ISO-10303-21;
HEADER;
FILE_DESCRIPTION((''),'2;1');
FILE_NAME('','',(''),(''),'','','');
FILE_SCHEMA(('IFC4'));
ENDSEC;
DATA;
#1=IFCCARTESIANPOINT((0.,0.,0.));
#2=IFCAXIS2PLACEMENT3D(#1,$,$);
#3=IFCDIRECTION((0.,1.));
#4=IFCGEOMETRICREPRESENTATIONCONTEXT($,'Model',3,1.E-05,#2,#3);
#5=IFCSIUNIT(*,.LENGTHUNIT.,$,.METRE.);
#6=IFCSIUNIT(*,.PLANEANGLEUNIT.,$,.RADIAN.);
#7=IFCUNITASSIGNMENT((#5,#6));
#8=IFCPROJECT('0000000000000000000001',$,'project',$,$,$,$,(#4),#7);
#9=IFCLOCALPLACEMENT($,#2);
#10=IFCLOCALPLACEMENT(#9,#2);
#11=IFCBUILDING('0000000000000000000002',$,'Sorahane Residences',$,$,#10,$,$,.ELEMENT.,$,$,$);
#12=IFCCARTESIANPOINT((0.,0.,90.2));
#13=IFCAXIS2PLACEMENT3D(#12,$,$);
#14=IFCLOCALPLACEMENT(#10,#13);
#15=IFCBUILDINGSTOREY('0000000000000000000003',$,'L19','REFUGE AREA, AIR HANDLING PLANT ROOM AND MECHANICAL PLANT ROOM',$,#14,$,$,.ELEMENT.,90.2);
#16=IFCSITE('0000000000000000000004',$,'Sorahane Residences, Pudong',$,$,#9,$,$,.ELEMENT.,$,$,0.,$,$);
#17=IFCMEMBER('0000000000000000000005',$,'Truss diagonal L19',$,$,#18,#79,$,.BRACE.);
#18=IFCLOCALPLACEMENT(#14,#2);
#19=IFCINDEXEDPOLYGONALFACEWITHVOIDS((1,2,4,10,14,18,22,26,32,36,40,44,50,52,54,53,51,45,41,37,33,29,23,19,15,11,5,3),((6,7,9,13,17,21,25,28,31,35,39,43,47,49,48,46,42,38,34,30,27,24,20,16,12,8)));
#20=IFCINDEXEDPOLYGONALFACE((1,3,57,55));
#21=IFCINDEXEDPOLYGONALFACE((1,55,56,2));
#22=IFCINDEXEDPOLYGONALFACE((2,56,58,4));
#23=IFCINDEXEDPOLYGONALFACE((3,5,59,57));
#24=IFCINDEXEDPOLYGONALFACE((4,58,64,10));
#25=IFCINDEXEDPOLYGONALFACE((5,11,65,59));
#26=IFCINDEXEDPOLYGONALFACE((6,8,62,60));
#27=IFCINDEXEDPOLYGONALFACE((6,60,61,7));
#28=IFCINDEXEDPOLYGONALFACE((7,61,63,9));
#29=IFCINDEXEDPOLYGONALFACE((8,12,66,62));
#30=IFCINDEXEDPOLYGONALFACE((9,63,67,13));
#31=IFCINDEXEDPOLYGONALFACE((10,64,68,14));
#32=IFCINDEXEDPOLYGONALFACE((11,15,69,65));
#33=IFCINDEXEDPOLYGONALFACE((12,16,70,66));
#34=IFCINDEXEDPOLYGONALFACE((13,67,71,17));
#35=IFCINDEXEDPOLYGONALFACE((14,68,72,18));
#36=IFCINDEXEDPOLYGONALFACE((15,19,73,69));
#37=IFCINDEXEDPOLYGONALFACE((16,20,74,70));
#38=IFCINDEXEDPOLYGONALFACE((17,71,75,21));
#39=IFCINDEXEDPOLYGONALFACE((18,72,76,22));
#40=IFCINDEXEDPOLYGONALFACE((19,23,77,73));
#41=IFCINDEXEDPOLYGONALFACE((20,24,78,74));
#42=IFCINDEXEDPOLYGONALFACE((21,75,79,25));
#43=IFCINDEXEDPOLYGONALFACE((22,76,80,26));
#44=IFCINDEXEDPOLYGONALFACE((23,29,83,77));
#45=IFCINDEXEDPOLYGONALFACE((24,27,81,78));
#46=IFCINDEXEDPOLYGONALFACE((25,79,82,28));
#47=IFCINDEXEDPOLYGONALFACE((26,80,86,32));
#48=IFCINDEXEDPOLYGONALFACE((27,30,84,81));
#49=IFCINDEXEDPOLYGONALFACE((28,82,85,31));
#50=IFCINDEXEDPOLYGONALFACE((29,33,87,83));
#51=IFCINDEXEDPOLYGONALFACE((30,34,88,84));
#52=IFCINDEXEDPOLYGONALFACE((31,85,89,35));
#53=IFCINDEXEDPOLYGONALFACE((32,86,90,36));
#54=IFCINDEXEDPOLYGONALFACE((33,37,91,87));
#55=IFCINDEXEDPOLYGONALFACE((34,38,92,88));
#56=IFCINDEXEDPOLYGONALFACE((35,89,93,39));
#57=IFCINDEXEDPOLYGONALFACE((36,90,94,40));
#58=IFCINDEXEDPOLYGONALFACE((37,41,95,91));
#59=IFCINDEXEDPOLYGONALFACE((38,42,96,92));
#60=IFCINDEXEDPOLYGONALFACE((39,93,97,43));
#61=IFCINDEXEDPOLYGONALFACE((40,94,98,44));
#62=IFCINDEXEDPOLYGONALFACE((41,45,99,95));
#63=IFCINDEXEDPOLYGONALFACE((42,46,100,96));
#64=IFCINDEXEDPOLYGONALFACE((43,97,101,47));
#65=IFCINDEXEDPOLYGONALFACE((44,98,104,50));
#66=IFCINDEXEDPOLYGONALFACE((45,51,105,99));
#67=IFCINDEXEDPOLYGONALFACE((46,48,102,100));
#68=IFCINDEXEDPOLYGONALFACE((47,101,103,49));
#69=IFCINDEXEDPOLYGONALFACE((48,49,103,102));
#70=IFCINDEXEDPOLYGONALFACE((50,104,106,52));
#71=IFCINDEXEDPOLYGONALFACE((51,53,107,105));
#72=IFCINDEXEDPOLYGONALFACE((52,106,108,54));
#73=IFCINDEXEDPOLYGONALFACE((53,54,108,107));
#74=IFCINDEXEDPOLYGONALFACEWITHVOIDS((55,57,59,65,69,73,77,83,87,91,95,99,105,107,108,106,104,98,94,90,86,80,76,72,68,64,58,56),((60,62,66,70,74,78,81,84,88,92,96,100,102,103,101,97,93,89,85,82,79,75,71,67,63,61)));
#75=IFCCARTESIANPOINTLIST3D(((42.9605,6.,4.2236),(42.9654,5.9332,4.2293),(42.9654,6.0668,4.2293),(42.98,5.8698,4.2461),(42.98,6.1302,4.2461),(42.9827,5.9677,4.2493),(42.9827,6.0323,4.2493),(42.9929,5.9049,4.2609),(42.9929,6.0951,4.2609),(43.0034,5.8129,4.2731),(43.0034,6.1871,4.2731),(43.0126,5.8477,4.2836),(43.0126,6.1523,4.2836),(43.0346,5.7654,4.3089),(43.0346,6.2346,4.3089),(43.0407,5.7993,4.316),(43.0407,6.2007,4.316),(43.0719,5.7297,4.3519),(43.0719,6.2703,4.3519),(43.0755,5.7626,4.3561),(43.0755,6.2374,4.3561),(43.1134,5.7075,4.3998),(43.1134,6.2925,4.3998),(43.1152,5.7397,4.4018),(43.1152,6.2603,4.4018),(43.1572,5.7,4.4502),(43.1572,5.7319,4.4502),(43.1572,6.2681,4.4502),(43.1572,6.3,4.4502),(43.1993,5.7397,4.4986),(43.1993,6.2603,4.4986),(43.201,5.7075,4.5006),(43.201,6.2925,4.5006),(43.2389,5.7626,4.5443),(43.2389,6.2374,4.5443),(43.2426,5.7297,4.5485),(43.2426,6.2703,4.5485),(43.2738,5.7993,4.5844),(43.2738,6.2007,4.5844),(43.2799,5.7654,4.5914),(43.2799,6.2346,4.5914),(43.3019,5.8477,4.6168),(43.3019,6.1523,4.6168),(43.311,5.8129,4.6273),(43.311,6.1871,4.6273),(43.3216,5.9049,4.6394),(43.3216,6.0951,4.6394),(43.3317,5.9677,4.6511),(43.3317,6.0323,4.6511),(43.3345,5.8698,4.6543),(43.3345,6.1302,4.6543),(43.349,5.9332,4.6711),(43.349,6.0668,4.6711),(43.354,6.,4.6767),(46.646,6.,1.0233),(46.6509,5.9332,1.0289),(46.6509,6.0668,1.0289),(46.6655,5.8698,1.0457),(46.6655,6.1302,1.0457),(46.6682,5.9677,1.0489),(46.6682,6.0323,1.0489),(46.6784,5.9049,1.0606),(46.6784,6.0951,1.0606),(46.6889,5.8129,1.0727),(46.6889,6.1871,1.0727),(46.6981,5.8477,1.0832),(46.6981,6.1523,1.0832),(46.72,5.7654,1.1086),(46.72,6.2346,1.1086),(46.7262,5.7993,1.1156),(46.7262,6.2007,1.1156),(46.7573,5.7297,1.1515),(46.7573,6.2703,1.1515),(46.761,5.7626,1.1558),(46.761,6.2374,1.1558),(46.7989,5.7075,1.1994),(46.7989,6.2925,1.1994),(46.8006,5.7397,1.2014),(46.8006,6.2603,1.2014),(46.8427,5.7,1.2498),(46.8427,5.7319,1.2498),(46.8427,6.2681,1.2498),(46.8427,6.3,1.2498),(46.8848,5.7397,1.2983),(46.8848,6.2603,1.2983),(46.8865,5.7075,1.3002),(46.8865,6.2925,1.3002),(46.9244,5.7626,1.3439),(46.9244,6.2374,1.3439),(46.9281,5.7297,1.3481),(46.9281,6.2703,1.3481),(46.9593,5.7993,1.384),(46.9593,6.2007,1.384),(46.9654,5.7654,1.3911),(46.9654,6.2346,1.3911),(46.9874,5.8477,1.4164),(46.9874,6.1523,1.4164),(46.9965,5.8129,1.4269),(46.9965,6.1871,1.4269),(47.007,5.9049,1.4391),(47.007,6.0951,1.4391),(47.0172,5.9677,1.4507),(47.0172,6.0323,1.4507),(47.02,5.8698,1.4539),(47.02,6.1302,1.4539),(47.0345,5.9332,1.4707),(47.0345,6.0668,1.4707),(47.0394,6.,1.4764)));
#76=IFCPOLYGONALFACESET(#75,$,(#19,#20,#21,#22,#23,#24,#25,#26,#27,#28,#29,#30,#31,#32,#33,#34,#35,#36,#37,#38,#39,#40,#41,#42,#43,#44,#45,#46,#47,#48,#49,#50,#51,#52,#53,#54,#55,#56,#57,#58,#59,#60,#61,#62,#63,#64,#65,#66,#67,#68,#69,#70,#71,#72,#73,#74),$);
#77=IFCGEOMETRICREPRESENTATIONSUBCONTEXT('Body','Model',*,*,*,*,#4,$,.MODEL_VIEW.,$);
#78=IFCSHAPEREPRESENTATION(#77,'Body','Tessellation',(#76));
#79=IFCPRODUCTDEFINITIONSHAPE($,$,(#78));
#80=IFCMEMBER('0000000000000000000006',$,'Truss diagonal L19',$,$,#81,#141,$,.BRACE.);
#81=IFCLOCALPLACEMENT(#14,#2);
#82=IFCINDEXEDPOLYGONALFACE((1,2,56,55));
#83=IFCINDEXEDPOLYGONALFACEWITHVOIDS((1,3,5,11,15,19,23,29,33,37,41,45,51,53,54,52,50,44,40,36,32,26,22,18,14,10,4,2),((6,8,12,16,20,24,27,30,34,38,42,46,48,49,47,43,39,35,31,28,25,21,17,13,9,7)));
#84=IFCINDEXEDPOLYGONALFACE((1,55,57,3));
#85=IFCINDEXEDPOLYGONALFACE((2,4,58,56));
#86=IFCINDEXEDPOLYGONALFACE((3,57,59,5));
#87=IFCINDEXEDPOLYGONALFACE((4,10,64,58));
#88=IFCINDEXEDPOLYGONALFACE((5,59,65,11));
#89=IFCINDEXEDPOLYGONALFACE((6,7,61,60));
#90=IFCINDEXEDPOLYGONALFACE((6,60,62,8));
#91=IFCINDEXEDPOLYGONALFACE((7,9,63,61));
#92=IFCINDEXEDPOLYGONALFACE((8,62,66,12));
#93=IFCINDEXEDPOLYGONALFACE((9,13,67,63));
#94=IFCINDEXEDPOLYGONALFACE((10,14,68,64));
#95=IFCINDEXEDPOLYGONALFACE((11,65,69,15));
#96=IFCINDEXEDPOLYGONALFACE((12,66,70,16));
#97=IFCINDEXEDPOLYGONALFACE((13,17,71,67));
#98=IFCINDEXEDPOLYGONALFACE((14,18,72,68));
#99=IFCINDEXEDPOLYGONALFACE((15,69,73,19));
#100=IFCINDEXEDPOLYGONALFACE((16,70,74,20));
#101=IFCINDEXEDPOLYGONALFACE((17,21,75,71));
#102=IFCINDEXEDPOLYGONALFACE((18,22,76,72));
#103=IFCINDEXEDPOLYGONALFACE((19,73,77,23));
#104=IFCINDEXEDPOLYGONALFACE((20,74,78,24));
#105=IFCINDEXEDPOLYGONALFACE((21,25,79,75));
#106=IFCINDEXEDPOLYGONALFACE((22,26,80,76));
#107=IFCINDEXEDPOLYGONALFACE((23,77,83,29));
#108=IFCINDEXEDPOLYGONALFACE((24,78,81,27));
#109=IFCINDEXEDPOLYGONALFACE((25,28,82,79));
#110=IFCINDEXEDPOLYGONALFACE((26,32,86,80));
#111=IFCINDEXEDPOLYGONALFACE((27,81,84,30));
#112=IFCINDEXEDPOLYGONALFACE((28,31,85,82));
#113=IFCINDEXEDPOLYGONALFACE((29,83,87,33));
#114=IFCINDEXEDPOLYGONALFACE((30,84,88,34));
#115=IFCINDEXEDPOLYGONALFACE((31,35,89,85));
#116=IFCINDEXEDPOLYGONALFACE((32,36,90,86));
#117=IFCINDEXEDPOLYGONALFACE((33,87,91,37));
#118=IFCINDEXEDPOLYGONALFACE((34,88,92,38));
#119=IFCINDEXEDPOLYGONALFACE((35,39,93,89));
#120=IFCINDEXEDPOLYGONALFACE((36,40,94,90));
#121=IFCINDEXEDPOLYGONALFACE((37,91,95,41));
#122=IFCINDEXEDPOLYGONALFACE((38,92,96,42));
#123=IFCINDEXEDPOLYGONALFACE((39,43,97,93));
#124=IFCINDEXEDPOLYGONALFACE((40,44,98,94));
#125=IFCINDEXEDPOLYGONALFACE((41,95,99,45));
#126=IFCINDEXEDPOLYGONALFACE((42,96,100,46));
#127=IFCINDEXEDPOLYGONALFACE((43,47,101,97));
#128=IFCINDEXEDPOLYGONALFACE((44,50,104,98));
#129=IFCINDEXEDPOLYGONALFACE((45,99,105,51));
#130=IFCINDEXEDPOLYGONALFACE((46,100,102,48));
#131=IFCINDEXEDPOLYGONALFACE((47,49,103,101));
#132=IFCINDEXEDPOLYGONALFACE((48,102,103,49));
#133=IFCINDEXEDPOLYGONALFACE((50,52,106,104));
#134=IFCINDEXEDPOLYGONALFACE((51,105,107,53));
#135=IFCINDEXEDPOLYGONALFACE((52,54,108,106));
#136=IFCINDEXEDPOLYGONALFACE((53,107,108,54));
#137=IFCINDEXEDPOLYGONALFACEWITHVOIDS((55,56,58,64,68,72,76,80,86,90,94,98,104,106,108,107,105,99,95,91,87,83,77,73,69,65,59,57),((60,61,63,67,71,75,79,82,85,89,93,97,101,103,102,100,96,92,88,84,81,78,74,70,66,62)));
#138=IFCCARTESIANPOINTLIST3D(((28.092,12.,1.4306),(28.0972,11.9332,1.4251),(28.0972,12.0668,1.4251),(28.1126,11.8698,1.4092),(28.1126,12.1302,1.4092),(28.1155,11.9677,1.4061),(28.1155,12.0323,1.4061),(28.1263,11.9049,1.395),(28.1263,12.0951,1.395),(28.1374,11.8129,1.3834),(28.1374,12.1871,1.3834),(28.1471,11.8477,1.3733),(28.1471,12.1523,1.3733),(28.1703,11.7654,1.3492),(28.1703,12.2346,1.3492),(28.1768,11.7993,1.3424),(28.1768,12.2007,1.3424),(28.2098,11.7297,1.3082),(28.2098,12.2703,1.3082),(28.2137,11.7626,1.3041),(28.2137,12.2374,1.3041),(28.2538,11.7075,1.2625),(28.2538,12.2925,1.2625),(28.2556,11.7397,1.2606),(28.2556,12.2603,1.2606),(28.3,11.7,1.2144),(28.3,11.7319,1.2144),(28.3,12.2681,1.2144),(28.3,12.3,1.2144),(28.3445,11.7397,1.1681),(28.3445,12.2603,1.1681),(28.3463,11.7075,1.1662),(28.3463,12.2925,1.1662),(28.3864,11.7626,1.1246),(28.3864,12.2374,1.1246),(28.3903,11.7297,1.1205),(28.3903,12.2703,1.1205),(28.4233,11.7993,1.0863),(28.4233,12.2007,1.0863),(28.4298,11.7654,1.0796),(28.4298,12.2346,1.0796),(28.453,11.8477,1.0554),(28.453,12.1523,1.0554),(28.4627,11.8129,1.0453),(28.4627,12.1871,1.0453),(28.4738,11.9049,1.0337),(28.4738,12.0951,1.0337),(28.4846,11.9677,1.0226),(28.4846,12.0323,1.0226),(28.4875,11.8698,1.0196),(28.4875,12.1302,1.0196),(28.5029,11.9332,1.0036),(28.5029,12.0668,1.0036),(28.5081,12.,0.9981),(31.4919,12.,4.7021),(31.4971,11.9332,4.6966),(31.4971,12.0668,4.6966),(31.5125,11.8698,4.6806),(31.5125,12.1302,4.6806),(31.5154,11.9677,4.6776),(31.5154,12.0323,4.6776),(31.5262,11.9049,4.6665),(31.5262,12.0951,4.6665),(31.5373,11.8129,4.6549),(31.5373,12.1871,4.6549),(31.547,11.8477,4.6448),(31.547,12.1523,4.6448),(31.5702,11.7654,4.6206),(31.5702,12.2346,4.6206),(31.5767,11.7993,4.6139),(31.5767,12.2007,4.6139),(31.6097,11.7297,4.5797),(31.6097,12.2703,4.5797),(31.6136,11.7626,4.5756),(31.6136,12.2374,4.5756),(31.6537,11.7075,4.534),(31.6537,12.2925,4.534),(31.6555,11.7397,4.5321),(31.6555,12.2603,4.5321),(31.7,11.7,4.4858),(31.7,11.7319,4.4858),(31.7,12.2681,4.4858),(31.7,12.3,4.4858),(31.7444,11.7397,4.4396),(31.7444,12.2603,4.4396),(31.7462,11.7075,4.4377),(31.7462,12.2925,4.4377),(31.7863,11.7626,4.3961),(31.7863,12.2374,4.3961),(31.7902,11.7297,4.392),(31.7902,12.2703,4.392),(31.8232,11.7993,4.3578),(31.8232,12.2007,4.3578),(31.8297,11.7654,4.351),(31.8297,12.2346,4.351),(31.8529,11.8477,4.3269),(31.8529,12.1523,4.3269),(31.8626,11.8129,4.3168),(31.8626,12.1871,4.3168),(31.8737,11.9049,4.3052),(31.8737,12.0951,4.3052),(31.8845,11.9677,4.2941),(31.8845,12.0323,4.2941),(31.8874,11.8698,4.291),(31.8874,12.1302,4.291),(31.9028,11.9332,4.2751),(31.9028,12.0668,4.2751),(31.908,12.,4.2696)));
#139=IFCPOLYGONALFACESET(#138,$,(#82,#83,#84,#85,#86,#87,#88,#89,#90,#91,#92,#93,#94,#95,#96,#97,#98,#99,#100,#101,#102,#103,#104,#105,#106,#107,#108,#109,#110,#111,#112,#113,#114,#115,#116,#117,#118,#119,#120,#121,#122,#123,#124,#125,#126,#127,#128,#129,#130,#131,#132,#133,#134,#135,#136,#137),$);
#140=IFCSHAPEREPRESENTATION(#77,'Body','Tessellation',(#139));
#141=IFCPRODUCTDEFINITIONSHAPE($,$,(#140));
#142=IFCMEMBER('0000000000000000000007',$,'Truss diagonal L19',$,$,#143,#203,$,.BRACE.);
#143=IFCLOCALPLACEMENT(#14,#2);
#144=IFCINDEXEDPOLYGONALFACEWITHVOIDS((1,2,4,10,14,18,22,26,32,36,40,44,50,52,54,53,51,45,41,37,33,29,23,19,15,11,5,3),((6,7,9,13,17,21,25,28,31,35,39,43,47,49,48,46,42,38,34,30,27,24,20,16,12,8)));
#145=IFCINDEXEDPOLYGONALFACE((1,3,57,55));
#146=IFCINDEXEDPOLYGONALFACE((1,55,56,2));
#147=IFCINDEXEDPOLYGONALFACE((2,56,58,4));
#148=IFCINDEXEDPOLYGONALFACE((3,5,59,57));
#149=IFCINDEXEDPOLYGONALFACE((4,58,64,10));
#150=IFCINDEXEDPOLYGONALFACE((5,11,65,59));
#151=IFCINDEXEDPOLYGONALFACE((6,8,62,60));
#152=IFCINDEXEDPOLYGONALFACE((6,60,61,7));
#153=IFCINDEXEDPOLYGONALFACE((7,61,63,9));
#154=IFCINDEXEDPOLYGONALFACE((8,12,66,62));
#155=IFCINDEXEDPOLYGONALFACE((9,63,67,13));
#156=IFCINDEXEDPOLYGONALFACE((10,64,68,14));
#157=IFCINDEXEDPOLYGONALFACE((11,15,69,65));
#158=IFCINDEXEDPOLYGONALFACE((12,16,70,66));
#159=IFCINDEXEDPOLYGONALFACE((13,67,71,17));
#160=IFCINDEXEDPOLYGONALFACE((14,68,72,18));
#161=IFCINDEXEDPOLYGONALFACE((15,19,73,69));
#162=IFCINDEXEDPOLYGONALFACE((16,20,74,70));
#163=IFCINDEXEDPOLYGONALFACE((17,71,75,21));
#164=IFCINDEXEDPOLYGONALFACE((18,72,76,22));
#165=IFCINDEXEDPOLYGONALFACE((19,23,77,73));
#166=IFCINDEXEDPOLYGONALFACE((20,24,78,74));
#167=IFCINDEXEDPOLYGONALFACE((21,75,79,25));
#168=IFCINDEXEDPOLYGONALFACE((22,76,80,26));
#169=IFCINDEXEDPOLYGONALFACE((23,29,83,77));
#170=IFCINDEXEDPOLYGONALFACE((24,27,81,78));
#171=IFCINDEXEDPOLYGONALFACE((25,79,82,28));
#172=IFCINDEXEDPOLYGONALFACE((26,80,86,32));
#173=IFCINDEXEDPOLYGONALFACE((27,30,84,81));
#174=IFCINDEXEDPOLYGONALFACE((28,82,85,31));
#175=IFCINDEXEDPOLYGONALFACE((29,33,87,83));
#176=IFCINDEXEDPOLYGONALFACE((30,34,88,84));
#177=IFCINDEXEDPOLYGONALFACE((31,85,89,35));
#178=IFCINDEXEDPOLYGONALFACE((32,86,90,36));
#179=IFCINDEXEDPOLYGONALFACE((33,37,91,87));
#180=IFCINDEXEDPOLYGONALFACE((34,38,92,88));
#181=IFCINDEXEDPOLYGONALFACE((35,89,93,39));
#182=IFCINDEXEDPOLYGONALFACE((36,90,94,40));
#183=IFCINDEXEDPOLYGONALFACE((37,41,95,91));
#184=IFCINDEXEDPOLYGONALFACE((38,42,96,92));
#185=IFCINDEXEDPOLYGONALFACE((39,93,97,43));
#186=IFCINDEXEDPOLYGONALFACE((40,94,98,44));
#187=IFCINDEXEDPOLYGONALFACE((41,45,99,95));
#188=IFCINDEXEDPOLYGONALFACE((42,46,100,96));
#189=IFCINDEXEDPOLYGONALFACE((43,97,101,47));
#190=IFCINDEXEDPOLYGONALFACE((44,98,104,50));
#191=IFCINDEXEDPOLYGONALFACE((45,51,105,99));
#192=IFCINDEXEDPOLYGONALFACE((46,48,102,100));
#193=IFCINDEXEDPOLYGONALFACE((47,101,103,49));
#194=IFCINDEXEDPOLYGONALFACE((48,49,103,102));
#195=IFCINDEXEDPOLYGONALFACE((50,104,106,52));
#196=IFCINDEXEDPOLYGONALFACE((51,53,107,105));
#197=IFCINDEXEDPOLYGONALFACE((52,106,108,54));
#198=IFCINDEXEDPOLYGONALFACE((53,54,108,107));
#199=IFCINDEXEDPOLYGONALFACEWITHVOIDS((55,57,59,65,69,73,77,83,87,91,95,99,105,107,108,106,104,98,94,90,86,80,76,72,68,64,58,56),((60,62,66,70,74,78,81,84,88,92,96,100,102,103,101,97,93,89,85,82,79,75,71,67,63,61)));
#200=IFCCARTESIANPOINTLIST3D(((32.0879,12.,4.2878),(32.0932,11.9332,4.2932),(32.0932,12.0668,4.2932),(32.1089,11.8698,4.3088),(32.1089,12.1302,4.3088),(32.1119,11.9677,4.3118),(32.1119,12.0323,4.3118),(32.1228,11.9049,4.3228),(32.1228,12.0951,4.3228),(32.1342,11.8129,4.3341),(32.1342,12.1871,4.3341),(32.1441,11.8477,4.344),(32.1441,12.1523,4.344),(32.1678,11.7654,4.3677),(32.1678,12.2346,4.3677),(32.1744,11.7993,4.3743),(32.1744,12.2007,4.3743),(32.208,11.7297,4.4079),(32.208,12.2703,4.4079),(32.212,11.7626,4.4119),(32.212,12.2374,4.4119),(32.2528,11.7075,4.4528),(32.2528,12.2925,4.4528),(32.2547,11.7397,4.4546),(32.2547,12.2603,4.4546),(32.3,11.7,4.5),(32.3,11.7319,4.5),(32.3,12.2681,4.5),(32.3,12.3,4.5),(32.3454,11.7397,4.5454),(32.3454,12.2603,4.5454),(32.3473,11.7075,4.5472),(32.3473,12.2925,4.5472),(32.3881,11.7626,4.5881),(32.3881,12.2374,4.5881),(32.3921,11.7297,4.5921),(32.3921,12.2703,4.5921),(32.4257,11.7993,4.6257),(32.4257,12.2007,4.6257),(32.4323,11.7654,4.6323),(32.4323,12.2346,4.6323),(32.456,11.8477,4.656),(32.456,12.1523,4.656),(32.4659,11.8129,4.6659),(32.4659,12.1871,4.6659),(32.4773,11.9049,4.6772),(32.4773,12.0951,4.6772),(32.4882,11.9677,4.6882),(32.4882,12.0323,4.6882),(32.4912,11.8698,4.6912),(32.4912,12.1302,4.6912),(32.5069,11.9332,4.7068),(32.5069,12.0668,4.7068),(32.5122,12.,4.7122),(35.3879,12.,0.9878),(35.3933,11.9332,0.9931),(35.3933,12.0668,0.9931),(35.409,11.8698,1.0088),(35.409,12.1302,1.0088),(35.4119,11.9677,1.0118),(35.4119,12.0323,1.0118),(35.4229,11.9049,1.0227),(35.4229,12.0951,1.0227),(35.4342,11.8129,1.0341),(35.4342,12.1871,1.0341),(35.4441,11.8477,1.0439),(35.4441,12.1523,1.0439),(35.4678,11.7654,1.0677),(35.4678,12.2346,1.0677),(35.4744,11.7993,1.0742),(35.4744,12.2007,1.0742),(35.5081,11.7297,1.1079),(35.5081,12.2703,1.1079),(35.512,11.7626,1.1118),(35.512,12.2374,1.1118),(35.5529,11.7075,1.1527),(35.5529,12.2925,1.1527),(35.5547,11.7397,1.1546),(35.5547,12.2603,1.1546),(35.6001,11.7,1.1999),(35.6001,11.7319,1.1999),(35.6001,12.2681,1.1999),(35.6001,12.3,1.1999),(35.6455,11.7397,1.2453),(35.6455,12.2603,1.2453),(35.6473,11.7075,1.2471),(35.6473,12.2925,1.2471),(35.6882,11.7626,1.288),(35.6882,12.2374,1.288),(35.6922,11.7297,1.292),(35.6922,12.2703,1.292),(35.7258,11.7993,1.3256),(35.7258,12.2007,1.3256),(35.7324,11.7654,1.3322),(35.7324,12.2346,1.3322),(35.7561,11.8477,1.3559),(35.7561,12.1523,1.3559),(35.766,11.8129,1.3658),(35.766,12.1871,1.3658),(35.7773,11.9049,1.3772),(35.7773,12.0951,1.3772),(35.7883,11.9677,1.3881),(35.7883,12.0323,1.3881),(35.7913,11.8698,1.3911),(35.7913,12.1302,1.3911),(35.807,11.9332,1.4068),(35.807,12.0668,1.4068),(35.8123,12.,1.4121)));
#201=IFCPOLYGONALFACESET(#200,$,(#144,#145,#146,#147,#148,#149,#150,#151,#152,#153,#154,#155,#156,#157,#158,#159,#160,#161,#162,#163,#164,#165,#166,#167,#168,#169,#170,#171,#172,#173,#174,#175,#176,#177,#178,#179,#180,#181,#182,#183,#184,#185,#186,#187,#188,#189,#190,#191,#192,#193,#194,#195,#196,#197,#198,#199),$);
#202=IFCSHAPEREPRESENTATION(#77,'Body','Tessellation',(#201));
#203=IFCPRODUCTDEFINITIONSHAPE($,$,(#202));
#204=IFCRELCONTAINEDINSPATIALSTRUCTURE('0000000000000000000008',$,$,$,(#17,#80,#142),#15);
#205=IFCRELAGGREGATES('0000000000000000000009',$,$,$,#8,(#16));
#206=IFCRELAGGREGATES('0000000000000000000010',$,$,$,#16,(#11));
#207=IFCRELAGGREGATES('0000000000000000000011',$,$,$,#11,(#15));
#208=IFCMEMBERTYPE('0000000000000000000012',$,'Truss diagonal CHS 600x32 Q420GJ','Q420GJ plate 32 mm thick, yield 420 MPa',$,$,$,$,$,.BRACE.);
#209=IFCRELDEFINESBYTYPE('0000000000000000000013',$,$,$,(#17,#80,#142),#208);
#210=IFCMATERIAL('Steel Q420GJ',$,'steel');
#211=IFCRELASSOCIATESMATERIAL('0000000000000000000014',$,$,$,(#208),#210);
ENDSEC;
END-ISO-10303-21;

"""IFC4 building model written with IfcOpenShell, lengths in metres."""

from ifc_helpers import new_model, si_unit, direction, frame, origin, origin_2d, place, context, subcontext, project, spatial, hollow_circle, extrude, material, material_profile, profile_set, type_object, element, save


model = new_model("IFC4")

# Units and contexts
model_context = context("Model", 3, precision=1e-05, world=origin(), true_north=direction((0.0, 1.0)))
body_context = subcontext(model_context, "Body", "Model", "MODEL_VIEW")
ifc_project = project(units=[si_unit("LENGTHUNIT", "METRE"), si_unit("PLANEANGLEUNIT", "RADIAN")], contexts=[model_context])

# Site, building, storey
site_placement = place(None, origin())
site = spatial("IfcSite", under=ifc_project, at=site_placement, Name="Sorahane Residences, Pudong", CompositionType="ELEMENT", RefElevation=0.0)
building_placement = place(site_placement, origin())
building = spatial("IfcBuilding", under=site, at=building_placement, Name="Sorahane Residences", CompositionType="ELEMENT")
storey_placement = place(building_placement, frame((0.0, 0.0, 90.2)))
storey = spatial("IfcBuildingStorey", under=building, at=storey_placement, Name="L19", Description="REFUGE AREA, AIR HANDLING PLANT ROOM AND MECHANICAL PLANT ROOM", CompositionType="ELEMENT", Elevation=90.2)

# Members
ifc_material_1 = material(Name="Steel Q420GJ", Category="steel")
ifc_material_profile_1 = material_profile(ifc_material_1, hollow_circle(Radius=0.3, WallThickness=0.032, at=origin_2d()), Name="CHS 600x32")
ifc_profile_set_1 = profile_set([ifc_material_profile_1], Name="Steel Q420GJ")
member_type = type_object("IfcMemberType", Name="Truss diagonal CHS 600x32 Q420GJ", Description="Q420GJ plate 32 mm thick, yield 420 MPa", PredefinedType="BRACE", material=ifc_profile_set_1)
member_1_placement = place(storey_placement, frame((43.1572, 6.0, 4.4502), z_axis=(0.75505, 0.0, -0.655667), x_axis=(0.0, 1.0, 0.0)))
element("IfcMember", 1, at=member_1_placement, inside=storey, type_object=member_type, Name="Truss diagonal L19", PredefinedType="BRACE", context=body_context, shape_type="SweptSolid", body=[
    extrude(hollow_circle(Radius=0.3, WallThickness=0.032, at=origin_2d()), origin(), (0.0, 0.0, 1.0), 4.8811),
])
member_2_placement = place(storey_placement, frame((28.3, 12.0, 1.2144), z_axis=(0.720584, 0.0, 0.693367), x_axis=(0.0, 1.0, 0.0)))
element("IfcMember", 2, at=member_2_placement, inside=storey, type_object=member_type, Name="Truss diagonal L19", PredefinedType="BRACE", context=body_context, shape_type="SweptSolid", body=[
    extrude(hollow_circle(Radius=0.3, WallThickness=0.032, at=origin_2d()), origin(), (0.0, 0.0, 1.0), 4.7183),
])
for number, where, z_axis, x_axis, name in (
    (3, (32.3, 12.0, 4.5), (0.707107, 0.0, -0.707107), (0.0, 1.0, 0.0), "Truss diagonal L19"),
):
    element("IfcMember", number, at=place(storey_placement, frame(where, z_axis=z_axis, x_axis=x_axis)), inside=storey, type_object=member_type, Name=name, PredefinedType="BRACE", context=body_context, shape_type="SweptSolid", body=[
        extrude(hollow_circle(Radius=0.3, WallThickness=0.032, at=origin_2d()), origin(), (0.0, 0.0, 1.0), 4.667),
    ])

save(model, "model.ifc")
